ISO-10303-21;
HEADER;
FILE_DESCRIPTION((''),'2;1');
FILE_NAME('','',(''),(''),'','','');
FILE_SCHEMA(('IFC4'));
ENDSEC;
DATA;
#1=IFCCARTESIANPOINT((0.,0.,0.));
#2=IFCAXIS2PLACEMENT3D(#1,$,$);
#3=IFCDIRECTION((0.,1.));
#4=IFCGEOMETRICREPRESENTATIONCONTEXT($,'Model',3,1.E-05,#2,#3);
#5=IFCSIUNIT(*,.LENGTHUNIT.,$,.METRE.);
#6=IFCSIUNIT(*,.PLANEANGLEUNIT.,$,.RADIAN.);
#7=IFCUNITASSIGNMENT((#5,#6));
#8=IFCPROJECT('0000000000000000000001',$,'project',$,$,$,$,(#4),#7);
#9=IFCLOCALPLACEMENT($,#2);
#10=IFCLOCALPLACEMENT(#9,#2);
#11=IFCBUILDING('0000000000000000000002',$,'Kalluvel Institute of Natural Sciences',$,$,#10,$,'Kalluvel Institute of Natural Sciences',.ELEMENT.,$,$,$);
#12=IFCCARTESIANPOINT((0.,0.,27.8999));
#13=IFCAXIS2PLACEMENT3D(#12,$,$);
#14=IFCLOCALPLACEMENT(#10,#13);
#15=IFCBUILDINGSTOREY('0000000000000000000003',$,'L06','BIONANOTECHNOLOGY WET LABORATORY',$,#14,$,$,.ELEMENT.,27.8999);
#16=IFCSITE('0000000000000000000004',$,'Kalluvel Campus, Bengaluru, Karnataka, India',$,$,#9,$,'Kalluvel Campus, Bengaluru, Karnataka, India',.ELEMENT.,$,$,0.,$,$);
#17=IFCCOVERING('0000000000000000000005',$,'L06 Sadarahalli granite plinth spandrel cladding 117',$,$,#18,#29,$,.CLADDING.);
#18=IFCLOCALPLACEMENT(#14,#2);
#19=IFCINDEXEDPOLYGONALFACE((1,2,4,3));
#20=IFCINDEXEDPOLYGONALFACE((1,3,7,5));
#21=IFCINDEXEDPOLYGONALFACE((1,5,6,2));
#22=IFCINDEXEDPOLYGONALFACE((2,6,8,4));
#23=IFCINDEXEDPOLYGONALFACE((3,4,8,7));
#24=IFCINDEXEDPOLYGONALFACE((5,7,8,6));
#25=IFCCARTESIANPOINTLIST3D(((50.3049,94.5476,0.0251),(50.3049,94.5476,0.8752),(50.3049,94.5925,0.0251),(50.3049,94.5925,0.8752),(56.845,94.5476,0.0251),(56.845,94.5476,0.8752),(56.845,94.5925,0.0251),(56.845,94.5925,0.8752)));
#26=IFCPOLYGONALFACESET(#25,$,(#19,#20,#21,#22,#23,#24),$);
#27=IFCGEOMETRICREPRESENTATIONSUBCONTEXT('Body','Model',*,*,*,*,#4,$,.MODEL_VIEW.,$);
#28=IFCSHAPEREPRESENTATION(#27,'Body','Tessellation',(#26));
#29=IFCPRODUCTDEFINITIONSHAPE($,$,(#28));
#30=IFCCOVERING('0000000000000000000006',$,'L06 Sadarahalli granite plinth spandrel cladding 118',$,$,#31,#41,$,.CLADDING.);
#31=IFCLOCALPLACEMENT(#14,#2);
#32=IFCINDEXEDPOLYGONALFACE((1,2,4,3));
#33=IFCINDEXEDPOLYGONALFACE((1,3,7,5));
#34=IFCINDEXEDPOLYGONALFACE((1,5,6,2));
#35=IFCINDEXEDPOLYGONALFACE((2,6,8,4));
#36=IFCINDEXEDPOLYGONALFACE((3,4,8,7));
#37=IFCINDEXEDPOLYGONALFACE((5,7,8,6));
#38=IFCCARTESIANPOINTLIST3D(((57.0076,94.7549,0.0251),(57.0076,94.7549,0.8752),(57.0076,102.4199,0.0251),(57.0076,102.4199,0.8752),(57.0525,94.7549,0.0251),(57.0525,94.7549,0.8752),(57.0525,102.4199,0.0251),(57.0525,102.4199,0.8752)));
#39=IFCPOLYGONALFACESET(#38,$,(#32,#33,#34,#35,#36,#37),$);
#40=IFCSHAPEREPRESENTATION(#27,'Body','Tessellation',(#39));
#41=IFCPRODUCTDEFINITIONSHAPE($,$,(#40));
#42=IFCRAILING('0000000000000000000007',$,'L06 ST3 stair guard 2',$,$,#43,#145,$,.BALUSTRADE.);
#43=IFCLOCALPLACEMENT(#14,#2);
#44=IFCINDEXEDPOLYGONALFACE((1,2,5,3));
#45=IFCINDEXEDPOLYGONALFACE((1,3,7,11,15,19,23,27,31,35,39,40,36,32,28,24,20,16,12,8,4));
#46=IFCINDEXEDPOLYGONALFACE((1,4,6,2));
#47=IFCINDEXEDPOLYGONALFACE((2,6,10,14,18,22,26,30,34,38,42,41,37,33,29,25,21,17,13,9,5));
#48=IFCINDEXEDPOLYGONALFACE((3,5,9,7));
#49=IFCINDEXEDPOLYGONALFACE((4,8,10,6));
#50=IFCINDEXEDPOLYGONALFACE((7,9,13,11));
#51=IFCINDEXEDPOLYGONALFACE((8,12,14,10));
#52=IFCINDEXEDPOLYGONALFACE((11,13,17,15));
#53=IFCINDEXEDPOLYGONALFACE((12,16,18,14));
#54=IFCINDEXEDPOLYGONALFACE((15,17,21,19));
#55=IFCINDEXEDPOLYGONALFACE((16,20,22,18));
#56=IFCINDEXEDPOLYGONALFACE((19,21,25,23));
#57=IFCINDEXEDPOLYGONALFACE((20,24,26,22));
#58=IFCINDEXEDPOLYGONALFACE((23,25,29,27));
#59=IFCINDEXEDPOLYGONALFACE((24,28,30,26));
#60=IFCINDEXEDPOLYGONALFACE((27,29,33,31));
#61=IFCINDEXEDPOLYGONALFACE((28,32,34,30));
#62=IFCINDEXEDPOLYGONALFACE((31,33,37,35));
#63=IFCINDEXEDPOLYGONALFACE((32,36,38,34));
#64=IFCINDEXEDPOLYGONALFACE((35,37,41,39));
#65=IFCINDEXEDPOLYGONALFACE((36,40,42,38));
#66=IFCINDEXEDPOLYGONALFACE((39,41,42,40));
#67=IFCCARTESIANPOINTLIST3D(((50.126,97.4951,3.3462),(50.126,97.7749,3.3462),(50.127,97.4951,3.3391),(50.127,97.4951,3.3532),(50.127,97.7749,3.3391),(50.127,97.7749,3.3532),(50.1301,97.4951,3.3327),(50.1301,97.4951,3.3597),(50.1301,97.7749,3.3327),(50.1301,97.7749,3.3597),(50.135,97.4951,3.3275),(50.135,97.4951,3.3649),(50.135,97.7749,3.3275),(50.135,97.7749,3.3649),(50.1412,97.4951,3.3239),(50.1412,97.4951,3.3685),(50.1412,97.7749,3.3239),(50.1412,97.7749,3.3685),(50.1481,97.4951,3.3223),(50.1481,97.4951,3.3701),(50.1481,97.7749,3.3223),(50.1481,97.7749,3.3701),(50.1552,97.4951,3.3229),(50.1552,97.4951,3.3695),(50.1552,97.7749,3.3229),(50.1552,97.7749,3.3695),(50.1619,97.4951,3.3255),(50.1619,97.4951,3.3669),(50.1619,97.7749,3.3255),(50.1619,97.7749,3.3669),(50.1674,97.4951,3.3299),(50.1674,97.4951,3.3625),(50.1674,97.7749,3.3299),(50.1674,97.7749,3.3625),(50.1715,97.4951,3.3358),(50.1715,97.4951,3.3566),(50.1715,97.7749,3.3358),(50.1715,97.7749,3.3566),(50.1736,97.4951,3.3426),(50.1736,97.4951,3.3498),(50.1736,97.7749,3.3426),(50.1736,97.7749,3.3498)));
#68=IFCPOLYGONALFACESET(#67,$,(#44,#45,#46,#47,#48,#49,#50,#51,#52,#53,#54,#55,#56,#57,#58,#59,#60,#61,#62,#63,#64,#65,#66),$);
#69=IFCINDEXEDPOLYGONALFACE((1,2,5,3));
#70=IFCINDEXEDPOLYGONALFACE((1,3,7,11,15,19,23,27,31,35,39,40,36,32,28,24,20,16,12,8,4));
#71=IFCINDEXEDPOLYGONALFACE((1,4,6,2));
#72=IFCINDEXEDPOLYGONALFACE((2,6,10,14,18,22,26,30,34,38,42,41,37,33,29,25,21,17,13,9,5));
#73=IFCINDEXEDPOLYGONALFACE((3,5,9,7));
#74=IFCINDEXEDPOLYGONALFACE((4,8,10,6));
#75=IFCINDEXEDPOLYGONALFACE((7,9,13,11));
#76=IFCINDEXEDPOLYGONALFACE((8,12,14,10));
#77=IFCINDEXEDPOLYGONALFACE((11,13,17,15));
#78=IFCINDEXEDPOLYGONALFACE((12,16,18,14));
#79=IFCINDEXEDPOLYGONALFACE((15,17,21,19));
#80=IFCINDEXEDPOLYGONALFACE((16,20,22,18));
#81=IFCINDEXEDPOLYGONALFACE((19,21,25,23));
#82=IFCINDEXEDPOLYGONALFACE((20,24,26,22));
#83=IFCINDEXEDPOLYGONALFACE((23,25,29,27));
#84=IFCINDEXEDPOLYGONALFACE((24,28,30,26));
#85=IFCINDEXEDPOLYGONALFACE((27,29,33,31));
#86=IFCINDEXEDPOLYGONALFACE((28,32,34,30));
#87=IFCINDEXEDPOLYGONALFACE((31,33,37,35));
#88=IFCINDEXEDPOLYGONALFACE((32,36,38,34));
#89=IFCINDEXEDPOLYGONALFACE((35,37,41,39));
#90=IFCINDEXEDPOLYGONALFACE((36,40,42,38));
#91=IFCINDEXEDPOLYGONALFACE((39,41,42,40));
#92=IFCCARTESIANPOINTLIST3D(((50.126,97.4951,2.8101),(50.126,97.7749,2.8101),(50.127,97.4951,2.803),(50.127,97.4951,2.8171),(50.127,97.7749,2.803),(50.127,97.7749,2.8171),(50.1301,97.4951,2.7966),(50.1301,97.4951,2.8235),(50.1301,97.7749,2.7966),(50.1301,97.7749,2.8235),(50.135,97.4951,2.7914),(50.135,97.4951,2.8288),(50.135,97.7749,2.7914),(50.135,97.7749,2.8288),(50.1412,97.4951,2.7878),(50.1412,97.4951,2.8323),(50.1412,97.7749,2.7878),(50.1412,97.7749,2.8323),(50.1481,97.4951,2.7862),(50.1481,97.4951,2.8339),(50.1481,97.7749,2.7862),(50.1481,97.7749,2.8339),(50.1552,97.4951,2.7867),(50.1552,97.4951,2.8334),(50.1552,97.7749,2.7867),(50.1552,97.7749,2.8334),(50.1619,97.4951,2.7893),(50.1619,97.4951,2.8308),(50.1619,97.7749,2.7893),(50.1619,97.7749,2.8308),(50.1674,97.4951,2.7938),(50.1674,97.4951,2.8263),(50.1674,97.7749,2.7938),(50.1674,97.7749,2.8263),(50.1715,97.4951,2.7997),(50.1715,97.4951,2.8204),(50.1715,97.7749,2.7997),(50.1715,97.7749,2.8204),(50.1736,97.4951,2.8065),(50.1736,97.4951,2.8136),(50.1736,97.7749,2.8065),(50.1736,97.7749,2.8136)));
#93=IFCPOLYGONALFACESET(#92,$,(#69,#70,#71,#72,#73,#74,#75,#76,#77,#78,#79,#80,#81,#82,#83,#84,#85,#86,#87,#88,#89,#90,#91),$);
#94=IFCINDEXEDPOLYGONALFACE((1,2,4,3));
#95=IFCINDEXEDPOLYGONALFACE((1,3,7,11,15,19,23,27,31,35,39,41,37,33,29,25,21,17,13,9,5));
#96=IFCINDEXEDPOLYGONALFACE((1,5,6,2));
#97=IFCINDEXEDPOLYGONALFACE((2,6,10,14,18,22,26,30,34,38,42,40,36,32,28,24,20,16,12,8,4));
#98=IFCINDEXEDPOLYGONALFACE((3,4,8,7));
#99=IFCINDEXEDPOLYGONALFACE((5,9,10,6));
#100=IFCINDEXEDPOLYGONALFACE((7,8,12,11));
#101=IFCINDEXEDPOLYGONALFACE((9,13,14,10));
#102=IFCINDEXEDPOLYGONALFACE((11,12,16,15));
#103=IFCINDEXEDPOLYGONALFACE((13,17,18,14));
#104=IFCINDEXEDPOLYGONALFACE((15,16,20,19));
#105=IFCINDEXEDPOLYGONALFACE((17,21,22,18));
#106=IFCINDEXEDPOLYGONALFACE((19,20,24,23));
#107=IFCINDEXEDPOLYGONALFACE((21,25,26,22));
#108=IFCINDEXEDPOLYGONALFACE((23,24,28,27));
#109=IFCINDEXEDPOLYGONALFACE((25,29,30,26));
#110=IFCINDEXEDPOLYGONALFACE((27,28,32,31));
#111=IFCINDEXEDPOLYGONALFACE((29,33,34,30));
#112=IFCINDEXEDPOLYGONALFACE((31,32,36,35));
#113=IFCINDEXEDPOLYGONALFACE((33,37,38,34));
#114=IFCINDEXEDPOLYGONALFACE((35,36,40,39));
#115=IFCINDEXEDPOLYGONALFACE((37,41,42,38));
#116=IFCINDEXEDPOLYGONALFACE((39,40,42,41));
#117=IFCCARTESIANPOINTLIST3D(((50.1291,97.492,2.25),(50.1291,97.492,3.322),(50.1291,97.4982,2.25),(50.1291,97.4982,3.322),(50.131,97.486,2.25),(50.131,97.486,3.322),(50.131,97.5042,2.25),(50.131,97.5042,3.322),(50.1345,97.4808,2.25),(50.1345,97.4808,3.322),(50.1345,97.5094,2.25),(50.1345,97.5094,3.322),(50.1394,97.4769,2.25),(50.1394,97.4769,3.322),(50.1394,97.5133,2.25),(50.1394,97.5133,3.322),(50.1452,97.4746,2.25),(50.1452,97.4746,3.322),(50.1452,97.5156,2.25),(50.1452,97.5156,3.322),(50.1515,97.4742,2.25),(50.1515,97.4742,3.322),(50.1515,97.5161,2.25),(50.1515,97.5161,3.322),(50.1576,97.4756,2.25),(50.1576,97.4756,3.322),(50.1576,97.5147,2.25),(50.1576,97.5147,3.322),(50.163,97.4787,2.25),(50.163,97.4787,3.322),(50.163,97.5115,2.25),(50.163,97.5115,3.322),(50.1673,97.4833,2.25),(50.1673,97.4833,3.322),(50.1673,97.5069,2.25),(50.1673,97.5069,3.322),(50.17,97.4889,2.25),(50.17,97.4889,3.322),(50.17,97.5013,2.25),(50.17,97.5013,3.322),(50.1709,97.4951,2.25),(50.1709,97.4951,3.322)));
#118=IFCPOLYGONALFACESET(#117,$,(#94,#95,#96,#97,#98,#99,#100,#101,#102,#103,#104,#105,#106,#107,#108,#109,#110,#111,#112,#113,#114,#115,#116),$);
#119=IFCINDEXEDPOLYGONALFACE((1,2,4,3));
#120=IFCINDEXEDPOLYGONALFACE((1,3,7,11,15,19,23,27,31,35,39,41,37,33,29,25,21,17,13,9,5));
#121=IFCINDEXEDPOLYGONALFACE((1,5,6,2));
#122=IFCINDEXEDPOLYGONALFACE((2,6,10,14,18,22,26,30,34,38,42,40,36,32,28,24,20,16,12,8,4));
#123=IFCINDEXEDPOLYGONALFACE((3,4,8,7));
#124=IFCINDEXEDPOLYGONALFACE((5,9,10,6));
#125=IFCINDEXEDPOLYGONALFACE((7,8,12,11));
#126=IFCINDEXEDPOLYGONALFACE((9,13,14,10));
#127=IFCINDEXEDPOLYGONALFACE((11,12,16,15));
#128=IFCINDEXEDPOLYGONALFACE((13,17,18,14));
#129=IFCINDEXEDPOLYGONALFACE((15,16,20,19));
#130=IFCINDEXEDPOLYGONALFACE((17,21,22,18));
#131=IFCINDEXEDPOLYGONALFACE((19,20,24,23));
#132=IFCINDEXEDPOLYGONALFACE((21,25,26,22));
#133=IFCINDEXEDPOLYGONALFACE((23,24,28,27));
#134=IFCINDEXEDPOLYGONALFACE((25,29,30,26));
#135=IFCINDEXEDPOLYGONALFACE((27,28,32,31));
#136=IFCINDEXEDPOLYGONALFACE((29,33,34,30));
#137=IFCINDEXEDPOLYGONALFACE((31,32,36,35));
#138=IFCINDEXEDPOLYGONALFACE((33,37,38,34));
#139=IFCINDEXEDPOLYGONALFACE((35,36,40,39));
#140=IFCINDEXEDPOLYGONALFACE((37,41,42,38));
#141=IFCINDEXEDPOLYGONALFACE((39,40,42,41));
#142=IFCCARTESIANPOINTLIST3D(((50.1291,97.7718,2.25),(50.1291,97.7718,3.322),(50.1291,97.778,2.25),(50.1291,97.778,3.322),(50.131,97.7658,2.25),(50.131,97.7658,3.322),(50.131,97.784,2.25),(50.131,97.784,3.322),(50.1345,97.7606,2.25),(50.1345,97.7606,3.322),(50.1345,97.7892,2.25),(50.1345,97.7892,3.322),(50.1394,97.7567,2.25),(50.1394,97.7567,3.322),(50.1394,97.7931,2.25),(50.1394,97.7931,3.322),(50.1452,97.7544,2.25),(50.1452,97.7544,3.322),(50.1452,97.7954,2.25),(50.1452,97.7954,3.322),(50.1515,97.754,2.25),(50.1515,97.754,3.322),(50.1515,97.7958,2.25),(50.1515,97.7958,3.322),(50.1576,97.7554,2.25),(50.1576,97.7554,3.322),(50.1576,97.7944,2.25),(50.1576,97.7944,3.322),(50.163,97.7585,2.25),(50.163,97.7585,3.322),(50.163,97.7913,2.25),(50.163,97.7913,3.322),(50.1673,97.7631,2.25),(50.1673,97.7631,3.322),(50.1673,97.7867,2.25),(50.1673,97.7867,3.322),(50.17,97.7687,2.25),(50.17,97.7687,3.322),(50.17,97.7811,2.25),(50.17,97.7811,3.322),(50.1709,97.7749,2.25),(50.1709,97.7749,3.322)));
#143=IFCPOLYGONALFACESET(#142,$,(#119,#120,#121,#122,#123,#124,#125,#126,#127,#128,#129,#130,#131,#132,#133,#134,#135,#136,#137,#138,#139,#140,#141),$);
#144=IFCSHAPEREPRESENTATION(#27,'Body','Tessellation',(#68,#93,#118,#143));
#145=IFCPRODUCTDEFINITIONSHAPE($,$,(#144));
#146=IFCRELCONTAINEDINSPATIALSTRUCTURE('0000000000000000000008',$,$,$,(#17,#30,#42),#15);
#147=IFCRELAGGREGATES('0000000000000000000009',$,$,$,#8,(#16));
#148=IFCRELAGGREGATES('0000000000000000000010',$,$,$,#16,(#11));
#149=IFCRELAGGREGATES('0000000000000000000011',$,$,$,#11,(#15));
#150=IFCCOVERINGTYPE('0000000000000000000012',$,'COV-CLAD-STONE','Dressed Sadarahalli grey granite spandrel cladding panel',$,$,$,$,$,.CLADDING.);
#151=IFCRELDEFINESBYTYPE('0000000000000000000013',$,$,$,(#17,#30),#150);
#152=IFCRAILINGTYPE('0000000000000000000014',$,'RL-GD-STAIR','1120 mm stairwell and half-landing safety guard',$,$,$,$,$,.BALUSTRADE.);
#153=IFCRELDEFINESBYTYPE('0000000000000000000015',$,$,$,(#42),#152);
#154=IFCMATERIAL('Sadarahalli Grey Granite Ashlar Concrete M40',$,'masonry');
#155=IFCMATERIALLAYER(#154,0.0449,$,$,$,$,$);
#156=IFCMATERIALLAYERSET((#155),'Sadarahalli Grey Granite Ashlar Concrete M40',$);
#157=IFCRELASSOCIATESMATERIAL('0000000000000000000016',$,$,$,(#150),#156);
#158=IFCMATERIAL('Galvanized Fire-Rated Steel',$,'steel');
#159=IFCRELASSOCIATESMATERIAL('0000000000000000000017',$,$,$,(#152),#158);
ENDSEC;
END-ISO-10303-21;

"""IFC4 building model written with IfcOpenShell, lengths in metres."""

from ifc_helpers import new_model, si_unit, direction, frame, origin, origin_2d, place, context, subcontext, project, spatial, rectangle, circle, extrude, material, layer, layer_set, type_object, element, save


model = new_model("IFC4")

# Units and contexts
model_context = context("Model", 3, precision=1e-05, world=origin(), true_north=direction((0.0, 1.0)))
body_context = subcontext(model_context, "Body", "Model", "MODEL_VIEW")
ifc_project = project(units=[si_unit("LENGTHUNIT", "METRE"), si_unit("PLANEANGLEUNIT", "RADIAN")], contexts=[model_context])

# Site, building, storey
site_placement = place(None, origin())
site = spatial("IfcSite", under=ifc_project, at=site_placement, Name="Kalluvel Campus, Bengaluru, Karnataka, India", LongName="Kalluvel Campus, Bengaluru, Karnataka, India", CompositionType="ELEMENT", RefElevation=0.0)
building_placement = place(site_placement, origin())
building = spatial("IfcBuilding", under=site, at=building_placement, Name="Kalluvel Institute of Natural Sciences", LongName="Kalluvel Institute of Natural Sciences", CompositionType="ELEMENT")
storey_placement = place(building_placement, frame((0.0, 0.0, 27.8999)))
storey = spatial("IfcBuildingStorey", under=building, at=storey_placement, Name="L06", Description="BIONANOTECHNOLOGY WET LABORATORY", CompositionType="ELEMENT", Elevation=27.8999)

# Shared definitions
ifc_material_1 = material(Name="Galvanized Fire-Rated Steel", Category="steel")

# Shared definitions
ifc_material_2 = material(Name="Sadarahalli Grey Granite Ashlar Concrete M40", Category="masonry")

# Coverings
ifc_layer_1 = layer(ifc_material_2, 0.0449)
ifc_layer_set_1 = layer_set([ifc_layer_1], Name="Sadarahalli Grey Granite Ashlar Concrete M40")
covering_type = type_object("IfcCoveringType", Name="COV-CLAD-STONE", Description="Dressed Sadarahalli grey granite spandrel cladding panel", PredefinedType="CLADDING", material=ifc_layer_set_1)
covering_1_placement = place(storey_placement, frame((53.575, 94.5701, 0.0251), z_axis=(0.0, 0.0, 1.0), x_axis=(1.0, 0.0, 0.0)))
element("IfcCovering", 1, at=covering_1_placement, inside=storey, type_object=covering_type, Name="L06 Sadarahalli granite plinth spandrel cladding 117", PredefinedType="CLADDING", context=body_context, shape_type="SweptSolid", body=[
    extrude(rectangle(XDim=6.54, YDim=0.0449, at=origin_2d()), origin(), (0.0, 0.0, 1.0), 0.8501),
])
covering_2_placement = place(storey_placement, frame((57.03, 98.5874, 0.0251), z_axis=(0.0, 0.0, 1.0), x_axis=(0.0, 1.0, 0.0)))
element("IfcCovering", 2, at=covering_2_placement, inside=storey, type_object=covering_type, Name="L06 Sadarahalli granite plinth spandrel cladding 118", PredefinedType="CLADDING", context=body_context, shape_type="SweptSolid", body=[
    extrude(rectangle(XDim=7.665, YDim=0.0449, at=origin_2d()), origin(), (0.0, 0.0, 1.0), 0.8501),
])

# Railing
railing_type_1 = type_object("IfcRailingType", Name="RL-GD-STAIR", Description="1120 mm stairwell and half-landing safety guard", PredefinedType="BALUSTRADE", material=ifc_material_1)
railing_1_placement = place(storey_placement, frame((50.1499, 97.4951, 2.25)))
element("IfcRailing", 3, at=railing_1_placement, inside=storey, type_object=railing_type_1, Name="L06 ST3 stair guard 2", PredefinedType="BALUSTRADE", context=body_context, shape_type="SweptSolid", body=[
    extrude(circle(Radius=0.0239, at=origin_2d()), frame((0.0, 0.0, 1.0962), z_axis=(0.0, 1.0, 0.0), x_axis=(-1.0, 0.0, 0.0)), (0.0, 0.0, 1.0), 0.2798),
    extrude(circle(Radius=0.0239, at=origin_2d()), frame((0.0, 0.0, 0.5601), z_axis=(0.0, 1.0, 0.0), x_axis=(-1.0, 0.0, 0.0)), (0.0, 0.0, 1.0), 0.2798),
    extrude(circle(Radius=0.021, at=origin_2d()), origin(), (0.0, 0.0, 1.0), 1.072),
    extrude(circle(Radius=0.021, at=origin_2d()), frame((0.0, 0.2798, 0.0)), (0.0, 0.0, 1.0), 1.072),
])

save(model, "model.ifc")
